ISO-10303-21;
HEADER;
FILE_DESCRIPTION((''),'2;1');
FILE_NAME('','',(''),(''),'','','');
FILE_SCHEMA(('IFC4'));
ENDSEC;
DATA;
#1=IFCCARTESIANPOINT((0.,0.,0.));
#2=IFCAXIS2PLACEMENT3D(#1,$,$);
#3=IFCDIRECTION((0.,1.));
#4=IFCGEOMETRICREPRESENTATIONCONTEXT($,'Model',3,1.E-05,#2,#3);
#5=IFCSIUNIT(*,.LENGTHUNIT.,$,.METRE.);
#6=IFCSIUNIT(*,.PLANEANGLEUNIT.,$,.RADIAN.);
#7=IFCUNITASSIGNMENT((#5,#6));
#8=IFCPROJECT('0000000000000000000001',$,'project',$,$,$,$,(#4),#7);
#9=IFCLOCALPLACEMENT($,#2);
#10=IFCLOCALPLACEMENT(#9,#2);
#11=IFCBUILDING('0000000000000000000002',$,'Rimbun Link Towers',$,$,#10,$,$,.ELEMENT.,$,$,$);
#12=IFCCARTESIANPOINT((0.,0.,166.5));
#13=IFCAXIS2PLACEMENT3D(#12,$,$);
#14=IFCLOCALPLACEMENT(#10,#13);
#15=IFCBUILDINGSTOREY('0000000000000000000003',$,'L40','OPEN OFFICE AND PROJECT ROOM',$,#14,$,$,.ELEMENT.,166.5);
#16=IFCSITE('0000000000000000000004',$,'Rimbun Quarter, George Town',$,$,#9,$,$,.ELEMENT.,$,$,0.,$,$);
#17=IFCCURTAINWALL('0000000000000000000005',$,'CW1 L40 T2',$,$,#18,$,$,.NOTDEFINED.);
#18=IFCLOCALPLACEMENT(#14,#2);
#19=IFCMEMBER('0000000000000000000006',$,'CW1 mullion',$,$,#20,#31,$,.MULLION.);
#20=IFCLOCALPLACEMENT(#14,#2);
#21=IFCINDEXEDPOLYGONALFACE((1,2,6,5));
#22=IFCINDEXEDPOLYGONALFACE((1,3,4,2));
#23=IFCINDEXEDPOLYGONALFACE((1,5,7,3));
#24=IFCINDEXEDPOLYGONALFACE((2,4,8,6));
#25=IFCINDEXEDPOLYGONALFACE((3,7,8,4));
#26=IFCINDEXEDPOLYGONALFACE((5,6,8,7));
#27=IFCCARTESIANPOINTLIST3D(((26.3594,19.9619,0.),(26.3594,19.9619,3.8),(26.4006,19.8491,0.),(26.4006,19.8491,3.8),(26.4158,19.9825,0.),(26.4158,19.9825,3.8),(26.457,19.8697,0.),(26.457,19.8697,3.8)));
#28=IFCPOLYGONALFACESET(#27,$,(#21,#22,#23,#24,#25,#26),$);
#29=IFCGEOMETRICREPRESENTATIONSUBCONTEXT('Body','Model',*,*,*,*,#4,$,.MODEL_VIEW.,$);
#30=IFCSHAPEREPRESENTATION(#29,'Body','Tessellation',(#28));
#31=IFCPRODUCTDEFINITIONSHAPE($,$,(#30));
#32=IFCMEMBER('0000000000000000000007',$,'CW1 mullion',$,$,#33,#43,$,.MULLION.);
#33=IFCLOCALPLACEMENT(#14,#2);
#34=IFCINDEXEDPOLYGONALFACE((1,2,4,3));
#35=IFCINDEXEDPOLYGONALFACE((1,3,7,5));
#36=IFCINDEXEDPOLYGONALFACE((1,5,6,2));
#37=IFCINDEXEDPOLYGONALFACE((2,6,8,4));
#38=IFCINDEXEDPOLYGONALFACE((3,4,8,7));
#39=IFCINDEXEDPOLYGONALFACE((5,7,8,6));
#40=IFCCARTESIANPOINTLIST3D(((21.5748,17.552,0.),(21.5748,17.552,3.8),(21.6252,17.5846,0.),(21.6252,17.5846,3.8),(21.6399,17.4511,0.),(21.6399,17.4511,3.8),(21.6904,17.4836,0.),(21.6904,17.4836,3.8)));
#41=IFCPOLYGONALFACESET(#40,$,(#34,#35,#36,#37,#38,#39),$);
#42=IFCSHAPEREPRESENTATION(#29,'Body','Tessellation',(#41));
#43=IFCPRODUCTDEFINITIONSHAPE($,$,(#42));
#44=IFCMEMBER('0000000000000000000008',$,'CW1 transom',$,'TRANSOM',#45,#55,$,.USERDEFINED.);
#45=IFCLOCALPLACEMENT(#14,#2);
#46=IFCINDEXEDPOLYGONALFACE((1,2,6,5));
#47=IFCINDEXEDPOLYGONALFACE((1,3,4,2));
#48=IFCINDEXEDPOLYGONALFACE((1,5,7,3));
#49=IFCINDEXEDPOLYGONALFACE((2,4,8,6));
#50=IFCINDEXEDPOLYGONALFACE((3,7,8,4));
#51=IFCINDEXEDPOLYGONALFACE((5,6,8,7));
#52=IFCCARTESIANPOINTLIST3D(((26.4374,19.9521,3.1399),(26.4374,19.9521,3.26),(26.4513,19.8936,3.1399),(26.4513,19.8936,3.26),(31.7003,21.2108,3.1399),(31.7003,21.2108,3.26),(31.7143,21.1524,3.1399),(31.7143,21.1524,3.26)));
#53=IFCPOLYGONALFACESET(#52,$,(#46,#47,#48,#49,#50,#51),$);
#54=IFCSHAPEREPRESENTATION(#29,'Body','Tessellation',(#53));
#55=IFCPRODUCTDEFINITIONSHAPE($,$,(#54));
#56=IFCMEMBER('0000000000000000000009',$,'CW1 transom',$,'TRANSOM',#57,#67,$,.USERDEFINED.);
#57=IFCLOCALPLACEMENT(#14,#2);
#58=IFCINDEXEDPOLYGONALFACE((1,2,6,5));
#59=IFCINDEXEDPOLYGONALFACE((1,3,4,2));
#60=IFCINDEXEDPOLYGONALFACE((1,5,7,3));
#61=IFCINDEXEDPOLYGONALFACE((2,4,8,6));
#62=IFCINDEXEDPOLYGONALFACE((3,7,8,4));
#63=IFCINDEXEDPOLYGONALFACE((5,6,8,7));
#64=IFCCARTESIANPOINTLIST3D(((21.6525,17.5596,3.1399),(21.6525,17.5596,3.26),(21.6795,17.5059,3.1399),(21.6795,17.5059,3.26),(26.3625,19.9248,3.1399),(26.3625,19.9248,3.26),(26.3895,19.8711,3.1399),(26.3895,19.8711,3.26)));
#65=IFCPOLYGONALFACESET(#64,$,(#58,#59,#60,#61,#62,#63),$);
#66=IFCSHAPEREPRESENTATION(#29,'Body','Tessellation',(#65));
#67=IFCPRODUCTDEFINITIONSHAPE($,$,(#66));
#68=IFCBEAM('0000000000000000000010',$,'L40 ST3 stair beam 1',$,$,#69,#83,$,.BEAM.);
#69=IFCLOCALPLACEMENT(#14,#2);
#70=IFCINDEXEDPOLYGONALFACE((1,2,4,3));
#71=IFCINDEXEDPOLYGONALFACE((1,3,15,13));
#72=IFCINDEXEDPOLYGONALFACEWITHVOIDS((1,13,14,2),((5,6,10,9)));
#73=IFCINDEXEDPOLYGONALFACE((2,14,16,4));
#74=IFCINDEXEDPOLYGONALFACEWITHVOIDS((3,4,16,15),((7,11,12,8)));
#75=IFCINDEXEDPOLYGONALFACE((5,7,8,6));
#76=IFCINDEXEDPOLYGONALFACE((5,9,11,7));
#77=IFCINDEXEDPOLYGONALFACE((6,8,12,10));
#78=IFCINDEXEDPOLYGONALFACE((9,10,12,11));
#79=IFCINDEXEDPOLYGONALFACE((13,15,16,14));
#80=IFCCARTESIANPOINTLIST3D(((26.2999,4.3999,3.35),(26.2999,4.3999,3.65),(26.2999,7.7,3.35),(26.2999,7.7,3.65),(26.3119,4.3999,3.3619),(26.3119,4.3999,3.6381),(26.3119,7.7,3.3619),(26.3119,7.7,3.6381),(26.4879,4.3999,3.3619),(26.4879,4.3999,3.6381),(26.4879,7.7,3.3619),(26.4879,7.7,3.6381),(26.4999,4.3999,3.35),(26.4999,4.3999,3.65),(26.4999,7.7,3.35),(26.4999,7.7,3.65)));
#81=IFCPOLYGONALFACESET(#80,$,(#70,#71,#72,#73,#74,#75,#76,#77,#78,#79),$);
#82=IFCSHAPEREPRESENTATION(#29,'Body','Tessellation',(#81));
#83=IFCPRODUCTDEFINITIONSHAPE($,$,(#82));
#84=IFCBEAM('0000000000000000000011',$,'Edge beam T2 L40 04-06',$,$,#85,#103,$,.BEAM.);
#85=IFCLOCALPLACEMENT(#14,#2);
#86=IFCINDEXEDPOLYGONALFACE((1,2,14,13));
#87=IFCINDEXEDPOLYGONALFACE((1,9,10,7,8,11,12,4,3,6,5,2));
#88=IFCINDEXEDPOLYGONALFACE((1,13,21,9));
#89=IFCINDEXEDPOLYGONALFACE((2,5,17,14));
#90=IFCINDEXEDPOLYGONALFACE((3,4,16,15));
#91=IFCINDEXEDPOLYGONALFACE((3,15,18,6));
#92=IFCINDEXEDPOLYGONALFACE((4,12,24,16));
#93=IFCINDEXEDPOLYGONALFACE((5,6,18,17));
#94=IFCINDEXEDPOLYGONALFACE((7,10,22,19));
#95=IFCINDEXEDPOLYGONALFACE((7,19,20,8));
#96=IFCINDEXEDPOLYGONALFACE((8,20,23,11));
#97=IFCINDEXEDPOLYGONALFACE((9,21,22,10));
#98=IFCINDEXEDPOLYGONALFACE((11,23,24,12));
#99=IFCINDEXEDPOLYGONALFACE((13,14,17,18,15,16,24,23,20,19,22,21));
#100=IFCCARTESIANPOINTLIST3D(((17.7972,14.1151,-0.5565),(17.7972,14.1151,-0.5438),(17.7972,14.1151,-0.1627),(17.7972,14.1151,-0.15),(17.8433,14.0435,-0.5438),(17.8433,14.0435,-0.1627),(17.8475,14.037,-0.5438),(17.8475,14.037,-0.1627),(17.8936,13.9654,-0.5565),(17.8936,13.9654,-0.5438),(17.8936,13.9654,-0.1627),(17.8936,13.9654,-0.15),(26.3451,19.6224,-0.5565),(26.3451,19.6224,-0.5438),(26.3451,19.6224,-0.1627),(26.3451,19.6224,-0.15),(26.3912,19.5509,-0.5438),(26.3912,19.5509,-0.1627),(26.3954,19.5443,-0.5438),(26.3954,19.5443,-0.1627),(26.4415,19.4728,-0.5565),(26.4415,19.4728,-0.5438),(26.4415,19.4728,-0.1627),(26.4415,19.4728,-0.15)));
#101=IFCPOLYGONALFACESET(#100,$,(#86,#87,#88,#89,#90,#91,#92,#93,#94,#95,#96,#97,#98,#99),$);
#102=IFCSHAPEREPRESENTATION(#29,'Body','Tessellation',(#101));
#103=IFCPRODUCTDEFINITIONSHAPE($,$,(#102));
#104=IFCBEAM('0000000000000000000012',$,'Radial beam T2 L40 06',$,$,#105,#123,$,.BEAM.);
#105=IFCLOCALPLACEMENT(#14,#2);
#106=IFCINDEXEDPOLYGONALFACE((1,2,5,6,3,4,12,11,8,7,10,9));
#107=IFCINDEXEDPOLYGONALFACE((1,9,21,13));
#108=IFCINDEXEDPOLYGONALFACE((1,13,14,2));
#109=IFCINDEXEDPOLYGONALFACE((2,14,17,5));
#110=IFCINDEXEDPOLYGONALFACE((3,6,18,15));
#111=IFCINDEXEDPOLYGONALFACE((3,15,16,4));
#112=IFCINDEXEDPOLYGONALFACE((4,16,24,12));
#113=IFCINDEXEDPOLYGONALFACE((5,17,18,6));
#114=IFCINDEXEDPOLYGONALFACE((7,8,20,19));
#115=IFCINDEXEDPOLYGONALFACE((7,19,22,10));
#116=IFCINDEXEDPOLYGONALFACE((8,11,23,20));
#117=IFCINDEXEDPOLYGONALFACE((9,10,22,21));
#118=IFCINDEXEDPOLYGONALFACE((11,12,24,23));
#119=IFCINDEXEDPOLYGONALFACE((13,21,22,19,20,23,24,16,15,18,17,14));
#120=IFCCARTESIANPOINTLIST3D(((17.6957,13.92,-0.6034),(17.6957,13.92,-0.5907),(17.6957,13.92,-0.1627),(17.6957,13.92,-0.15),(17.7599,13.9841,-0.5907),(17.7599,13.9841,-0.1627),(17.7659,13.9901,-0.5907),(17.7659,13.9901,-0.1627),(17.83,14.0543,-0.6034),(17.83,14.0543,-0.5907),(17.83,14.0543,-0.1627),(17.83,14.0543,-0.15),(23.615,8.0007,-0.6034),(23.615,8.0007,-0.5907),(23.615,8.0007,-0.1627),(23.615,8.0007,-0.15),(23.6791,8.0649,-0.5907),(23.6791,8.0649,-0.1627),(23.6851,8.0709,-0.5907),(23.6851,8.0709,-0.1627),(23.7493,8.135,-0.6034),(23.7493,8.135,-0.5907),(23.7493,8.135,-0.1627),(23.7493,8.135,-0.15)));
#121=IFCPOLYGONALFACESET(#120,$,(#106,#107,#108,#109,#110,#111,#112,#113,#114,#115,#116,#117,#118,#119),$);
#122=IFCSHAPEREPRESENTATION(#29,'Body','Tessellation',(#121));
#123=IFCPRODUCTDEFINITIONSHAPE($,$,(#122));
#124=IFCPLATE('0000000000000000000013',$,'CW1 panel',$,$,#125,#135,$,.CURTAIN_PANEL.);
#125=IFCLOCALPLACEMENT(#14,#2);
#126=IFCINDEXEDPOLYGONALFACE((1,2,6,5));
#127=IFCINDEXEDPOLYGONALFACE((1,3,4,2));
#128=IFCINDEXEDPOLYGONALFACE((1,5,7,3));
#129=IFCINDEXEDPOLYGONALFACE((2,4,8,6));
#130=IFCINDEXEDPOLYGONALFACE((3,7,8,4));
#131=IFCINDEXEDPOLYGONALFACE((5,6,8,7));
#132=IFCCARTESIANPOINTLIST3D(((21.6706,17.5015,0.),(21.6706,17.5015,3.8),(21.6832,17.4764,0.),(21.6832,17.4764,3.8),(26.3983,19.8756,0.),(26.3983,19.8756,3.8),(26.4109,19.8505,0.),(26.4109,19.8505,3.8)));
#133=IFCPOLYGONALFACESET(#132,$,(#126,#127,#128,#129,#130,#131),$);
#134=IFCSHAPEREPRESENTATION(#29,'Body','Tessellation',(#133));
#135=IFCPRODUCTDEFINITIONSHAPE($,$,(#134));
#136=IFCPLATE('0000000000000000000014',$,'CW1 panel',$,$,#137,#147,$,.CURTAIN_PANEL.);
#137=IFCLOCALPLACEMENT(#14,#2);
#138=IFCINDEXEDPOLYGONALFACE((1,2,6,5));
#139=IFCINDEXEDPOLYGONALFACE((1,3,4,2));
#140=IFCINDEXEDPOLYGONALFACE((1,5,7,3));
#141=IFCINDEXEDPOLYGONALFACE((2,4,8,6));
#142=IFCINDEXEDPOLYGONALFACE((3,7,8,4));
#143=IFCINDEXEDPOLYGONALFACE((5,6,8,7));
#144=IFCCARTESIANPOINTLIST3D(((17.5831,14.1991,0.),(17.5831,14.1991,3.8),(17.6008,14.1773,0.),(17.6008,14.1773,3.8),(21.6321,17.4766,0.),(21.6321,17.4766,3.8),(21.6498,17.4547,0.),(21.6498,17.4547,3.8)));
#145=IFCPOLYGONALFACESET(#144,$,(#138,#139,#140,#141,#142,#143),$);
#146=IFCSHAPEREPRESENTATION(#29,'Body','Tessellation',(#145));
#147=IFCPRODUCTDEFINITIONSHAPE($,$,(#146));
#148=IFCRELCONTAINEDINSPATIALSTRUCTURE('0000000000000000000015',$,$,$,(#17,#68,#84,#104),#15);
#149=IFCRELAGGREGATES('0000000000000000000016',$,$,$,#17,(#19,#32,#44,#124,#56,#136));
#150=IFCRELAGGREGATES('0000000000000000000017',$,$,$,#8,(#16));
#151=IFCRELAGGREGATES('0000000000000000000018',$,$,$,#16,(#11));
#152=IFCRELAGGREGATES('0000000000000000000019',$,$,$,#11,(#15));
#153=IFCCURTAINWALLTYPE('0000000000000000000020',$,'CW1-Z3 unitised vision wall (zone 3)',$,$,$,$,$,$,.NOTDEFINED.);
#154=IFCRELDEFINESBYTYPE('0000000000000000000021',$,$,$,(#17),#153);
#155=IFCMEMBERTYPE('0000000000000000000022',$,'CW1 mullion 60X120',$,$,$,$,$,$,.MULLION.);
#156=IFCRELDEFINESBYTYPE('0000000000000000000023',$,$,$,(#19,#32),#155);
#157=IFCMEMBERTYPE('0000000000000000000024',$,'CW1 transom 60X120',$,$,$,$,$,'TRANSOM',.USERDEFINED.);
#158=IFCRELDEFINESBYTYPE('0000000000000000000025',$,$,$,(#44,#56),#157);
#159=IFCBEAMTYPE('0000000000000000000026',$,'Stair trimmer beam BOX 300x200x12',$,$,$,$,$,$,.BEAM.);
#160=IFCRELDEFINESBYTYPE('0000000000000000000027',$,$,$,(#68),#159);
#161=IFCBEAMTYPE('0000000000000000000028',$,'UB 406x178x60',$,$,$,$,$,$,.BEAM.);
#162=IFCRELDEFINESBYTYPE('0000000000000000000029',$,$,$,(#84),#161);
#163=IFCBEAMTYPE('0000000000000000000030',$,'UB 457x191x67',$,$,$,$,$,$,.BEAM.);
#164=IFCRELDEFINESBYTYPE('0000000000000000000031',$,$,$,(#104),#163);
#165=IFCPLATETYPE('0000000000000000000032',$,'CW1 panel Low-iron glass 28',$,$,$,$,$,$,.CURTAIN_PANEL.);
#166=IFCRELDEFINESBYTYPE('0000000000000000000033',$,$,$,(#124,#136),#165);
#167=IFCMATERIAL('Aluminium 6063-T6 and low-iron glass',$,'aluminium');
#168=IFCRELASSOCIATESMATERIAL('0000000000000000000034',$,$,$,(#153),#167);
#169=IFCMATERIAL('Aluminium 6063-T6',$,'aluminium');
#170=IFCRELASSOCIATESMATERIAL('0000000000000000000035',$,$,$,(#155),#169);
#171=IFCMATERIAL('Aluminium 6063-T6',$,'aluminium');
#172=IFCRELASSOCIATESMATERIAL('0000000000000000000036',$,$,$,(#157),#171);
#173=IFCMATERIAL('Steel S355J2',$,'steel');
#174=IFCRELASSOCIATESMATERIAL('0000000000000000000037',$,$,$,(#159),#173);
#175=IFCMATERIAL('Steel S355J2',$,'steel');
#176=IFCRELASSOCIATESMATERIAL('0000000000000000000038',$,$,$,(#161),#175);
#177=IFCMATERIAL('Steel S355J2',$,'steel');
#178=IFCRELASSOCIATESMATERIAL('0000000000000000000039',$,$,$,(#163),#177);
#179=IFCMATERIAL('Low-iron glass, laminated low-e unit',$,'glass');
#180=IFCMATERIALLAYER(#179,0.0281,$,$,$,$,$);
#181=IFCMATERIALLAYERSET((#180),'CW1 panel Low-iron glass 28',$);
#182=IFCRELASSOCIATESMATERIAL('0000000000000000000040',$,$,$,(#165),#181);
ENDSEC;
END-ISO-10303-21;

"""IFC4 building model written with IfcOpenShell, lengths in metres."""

from ifc_helpers import new_model, si_unit, direction, frame, origin, origin_2d, place, context, subcontext, project, spatial, rectangle, hollow_rectangle, i_section, extrude, material, layer, layer_set, material_profile, profile_set, type_object, element, aggregate, save


model = new_model("IFC4")

# Units and contexts
model_context = context("Model", 3, precision=1e-05, world=origin(), true_north=direction((0.0, 1.0)))
body_context = subcontext(model_context, "Body", "Model", "MODEL_VIEW")
ifc_project = project(units=[si_unit("LENGTHUNIT", "METRE"), si_unit("PLANEANGLEUNIT", "RADIAN")], contexts=[model_context])

# Site, building, storey
site_placement = place(None, origin())
site = spatial("IfcSite", under=ifc_project, at=site_placement, Name="Rimbun Quarter, George Town", CompositionType="ELEMENT", RefElevation=0.0)
building_placement = place(site_placement, origin())
building = spatial("IfcBuilding", under=site, at=building_placement, Name="Rimbun Link Towers", CompositionType="ELEMENT")
storey_placement = place(building_placement, frame((0.0, 0.0, 166.5)))
storey = spatial("IfcBuildingStorey", under=building, at=storey_placement, Name="L40", Description="OPEN OFFICE AND PROJECT ROOM", CompositionType="ELEMENT", Elevation=166.5)

# Curtain wall, members
ifc_material_1 = material(Name="Aluminium 6063-T6 and low-iron glass", Category="aluminium")
curtain_wall_type = type_object("IfcCurtainWallType", Name="CW1-Z3 unitised vision wall (zone 3)", PredefinedType="NOTDEFINED", material=ifc_material_1)
curtain_wall_placement = place(storey_placement, origin())
curtain_wall = element("IfcCurtainWall", 1, at=curtain_wall_placement, inside=storey, type_object=curtain_wall_type, Name="CW1 L40 T2", PredefinedType="NOTDEFINED")
ifc_material_2 = material(Name="Aluminium 6063-T6", Category="aluminium")
ifc_material_profile_1 = material_profile(ifc_material_2, rectangle(XDim=0.1201, YDim=0.0601, at=origin_2d()), Name="MULLION 60X120")
ifc_profile_set_1 = profile_set([ifc_material_profile_1], Name="Aluminium 6063-T6")
member_type_1 = type_object("IfcMemberType", Name="CW1 mullion 60X120", PredefinedType="MULLION", material=ifc_profile_set_1)
member_1_placement = place(storey_placement, frame((26.4082, 19.9158, 0.0), z_axis=(0.0, 0.0, 1.0), x_axis=(-0.342966, 0.939348, 0.0)))
member_1 = element("IfcMember", 2, at=member_1_placement, type_object=member_type_1, Name="CW1 mullion", PredefinedType="MULLION", context=body_context, shape_type="SweptSolid", body=[
    extrude(rectangle(XDim=0.1201, YDim=0.0601, at=origin_2d()), origin(), (0.0, 0.0, 1.0), 3.8),
])
member_2_placement = place(storey_placement, frame((21.6326, 17.5178, 0.0), z_axis=(0.0, 0.0, 1.0), x_axis=(-0.5421, 0.840314, 0.0)))
member_2 = element("IfcMember", 3, at=member_2_placement, type_object=member_type_1, Name="CW1 mullion", PredefinedType="MULLION", context=body_context, shape_type="SweptSolid", body=[
    extrude(rectangle(XDim=0.1201, YDim=0.0601, at=origin_2d()), origin(), (0.0, 0.0, 1.0), 3.8),
])
ifc_material_3 = material(Name="Aluminium 6063-T6", Category="aluminium")
ifc_material_profile_2 = material_profile(ifc_material_3, rectangle(XDim=0.0601, YDim=0.1201, at=origin_2d()), Name="TRANSOM 60X120")
ifc_profile_set_2 = profile_set([ifc_material_profile_2], Name="Aluminium 6063-T6")
member_type_2 = type_object("IfcMemberType", Name="CW1 transom 60X120", ElementType="TRANSOM", PredefinedType="USERDEFINED", material=ifc_profile_set_2)
member_3_placement = place(storey_placement, frame((26.4443, 19.9229, 3.2), z_axis=(0.972568, 0.232619, 0.0), x_axis=(-0.232619, 0.972568, 0.0)))
member_3 = element("IfcMember", 4, at=member_3_placement, type_object=member_type_2, Name="CW1 transom", ObjectType="TRANSOM", PredefinedType="USERDEFINED", context=body_context, shape_type="SweptSolid", body=[
    extrude(rectangle(XDim=0.0601, YDim=0.1201, at=origin_2d()), origin(), (0.0, 0.0, 1.0), 5.4114),
])
member_4_placement = place(storey_placement, frame((21.666, 17.5327, 3.2), z_axis=(0.893648, 0.448769, 0.0), x_axis=(-0.448769, 0.893648, 0.0)))
member_4 = element("IfcMember", 5, at=member_4_placement, type_object=member_type_2, Name="CW1 transom", ObjectType="TRANSOM", PredefinedType="USERDEFINED", context=body_context, shape_type="SweptSolid", body=[
    extrude(rectangle(XDim=0.0601, YDim=0.1201, at=origin_2d()), origin(), (0.0, 0.0, 1.0), 5.2705),
])

# Beams
ifc_material_4 = material(Name="Steel S355J2", Category="steel")
ifc_material_profile_3 = material_profile(ifc_material_4, hollow_rectangle(XDim=0.2, YDim=0.3, WallThickness=0.012, at=origin_2d()), Name="BOX 300x200x12")
ifc_profile_set_3 = profile_set([ifc_material_profile_3], Name="Steel S355J2")
beam_type_1 = type_object("IfcBeamType", Name="Stair trimmer beam BOX 300x200x12", PredefinedType="BEAM", material=ifc_profile_set_3)
beam_1_placement = place(storey_placement, frame((26.3999, 7.7, 3.5), z_axis=(0.0, -1.0, 0.0), x_axis=(1.0, 0.0, 0.0)))
element("IfcBeam", 6, at=beam_1_placement, inside=storey, type_object=beam_type_1, Name="L40 ST3 stair beam 1", PredefinedType="BEAM", context=body_context, shape_type="SweptSolid", body=[
    extrude(hollow_rectangle(XDim=0.2, YDim=0.3, WallThickness=0.012, at=origin_2d()), origin(), (0.0, 0.0, 1.0), 3.3),
])
ifc_material_5 = material(Name="Steel S355J2", Category="steel")
ifc_material_profile_4 = material_profile(ifc_material_5, i_section(OverallWidth=0.178, OverallDepth=0.4065, WebThickness=0.0078, FlangeThickness=0.0127, at=origin_2d()), Name="UB 406x178x60")
ifc_profile_set_4 = profile_set([ifc_material_profile_4], Name="Steel S355J2")
beam_type_2 = type_object("IfcBeamType", Name="UB 406x178x60", PredefinedType="BEAM", material=ifc_profile_set_4)
beam_2_placement = place(storey_placement, frame((26.3933, 19.5476, -0.3533), z_axis=(-0.840629, -0.541612, 0.0), x_axis=(0.541612, -0.840629, 0.0)))
element("IfcBeam", 7, at=beam_2_placement, inside=storey, type_object=beam_type_2, Name="Edge beam T2 L40 04-06", PredefinedType="BEAM", context=body_context, shape_type="SweptSolid", body=[
    extrude(i_section(OverallWidth=0.178, OverallDepth=0.4065, WebThickness=0.0078, FlangeThickness=0.0127, at=origin_2d()), origin(), (0.0, 0.0, 1.0), 10.1685),
])
ifc_material_6 = material(Name="Steel S355J2", Category="steel")
ifc_material_profile_5 = material_profile(ifc_material_6, i_section(OverallWidth=0.1899, OverallDepth=0.4534, WebThickness=0.0085, FlangeThickness=0.0127, at=origin_2d()), Name="UB 457x191x67")
ifc_profile_set_5 = profile_set([ifc_material_profile_5], Name="Steel S355J2")
beam_type_3 = type_object("IfcBeamType", Name="UB 457x191x67", PredefinedType="BEAM", material=ifc_profile_set_5)
beam_3_placement = place(storey_placement, frame((23.6821, 8.0679, -0.3767), z_axis=(-0.707107, 0.707107, 0.0), x_axis=(-0.707107, -0.707107, 0.0)))
element("IfcBeam", 8, at=beam_3_placement, inside=storey, type_object=beam_type_3, Name="Radial beam T2 L40 06", PredefinedType="BEAM", context=body_context, shape_type="SweptSolid", body=[
    extrude(i_section(OverallWidth=0.1899, OverallDepth=0.4534, WebThickness=0.0085, FlangeThickness=0.0127, at=origin_2d()), origin(), (0.0, 0.0, 1.0), 8.3711),
])

# Plates
ifc_material_7 = material(Name="Low-iron glass, laminated low-e unit", Category="glass")
ifc_layer_1 = layer(ifc_material_7, 0.0281)
ifc_layer_set_1 = layer_set([ifc_layer_1], Name="CW1 panel Low-iron glass 28")
plate_type = type_object("IfcPlateType", Name="CW1 panel Low-iron glass 28", PredefinedType="CURTAIN_PANEL", material=ifc_layer_set_1)
plate_1_placement = place(storey_placement, frame((24.0408, 18.676, 0.0), z_axis=(0.0, 0.0, 1.0), x_axis=(0.893649, 0.448766, 0.0)))
plate_1 = element("IfcPlate", 9, at=plate_1_placement, type_object=plate_type, Name="CW1 panel", PredefinedType="CURTAIN_PANEL", context=body_context, shape_type="SweptSolid", body=[
    extrude(rectangle(XDim=5.2903, YDim=0.0281, at=origin_2d()), origin(), (0.0, 0.0, 1.0), 3.8),
])
plate_2_placement = place(storey_placement, frame((19.6165, 15.8269, 0.0), z_axis=(0.0, 0.0, 1.0), x_axis=(0.777269, 0.629169, 0.0)))
plate_2 = element("IfcPlate", 10, at=plate_2_placement, type_object=plate_type, Name="CW1 panel", PredefinedType="CURTAIN_PANEL", context=body_context, shape_type="SweptSolid", body=[
    extrude(rectangle(XDim=5.2092, YDim=0.0281, at=origin_2d()), origin(), (0.0, 0.0, 1.0), 3.8),
])
aggregate(curtain_wall, [member_1, member_2, member_3, plate_1, member_4, plate_2])

save(model, "model.ifc")
